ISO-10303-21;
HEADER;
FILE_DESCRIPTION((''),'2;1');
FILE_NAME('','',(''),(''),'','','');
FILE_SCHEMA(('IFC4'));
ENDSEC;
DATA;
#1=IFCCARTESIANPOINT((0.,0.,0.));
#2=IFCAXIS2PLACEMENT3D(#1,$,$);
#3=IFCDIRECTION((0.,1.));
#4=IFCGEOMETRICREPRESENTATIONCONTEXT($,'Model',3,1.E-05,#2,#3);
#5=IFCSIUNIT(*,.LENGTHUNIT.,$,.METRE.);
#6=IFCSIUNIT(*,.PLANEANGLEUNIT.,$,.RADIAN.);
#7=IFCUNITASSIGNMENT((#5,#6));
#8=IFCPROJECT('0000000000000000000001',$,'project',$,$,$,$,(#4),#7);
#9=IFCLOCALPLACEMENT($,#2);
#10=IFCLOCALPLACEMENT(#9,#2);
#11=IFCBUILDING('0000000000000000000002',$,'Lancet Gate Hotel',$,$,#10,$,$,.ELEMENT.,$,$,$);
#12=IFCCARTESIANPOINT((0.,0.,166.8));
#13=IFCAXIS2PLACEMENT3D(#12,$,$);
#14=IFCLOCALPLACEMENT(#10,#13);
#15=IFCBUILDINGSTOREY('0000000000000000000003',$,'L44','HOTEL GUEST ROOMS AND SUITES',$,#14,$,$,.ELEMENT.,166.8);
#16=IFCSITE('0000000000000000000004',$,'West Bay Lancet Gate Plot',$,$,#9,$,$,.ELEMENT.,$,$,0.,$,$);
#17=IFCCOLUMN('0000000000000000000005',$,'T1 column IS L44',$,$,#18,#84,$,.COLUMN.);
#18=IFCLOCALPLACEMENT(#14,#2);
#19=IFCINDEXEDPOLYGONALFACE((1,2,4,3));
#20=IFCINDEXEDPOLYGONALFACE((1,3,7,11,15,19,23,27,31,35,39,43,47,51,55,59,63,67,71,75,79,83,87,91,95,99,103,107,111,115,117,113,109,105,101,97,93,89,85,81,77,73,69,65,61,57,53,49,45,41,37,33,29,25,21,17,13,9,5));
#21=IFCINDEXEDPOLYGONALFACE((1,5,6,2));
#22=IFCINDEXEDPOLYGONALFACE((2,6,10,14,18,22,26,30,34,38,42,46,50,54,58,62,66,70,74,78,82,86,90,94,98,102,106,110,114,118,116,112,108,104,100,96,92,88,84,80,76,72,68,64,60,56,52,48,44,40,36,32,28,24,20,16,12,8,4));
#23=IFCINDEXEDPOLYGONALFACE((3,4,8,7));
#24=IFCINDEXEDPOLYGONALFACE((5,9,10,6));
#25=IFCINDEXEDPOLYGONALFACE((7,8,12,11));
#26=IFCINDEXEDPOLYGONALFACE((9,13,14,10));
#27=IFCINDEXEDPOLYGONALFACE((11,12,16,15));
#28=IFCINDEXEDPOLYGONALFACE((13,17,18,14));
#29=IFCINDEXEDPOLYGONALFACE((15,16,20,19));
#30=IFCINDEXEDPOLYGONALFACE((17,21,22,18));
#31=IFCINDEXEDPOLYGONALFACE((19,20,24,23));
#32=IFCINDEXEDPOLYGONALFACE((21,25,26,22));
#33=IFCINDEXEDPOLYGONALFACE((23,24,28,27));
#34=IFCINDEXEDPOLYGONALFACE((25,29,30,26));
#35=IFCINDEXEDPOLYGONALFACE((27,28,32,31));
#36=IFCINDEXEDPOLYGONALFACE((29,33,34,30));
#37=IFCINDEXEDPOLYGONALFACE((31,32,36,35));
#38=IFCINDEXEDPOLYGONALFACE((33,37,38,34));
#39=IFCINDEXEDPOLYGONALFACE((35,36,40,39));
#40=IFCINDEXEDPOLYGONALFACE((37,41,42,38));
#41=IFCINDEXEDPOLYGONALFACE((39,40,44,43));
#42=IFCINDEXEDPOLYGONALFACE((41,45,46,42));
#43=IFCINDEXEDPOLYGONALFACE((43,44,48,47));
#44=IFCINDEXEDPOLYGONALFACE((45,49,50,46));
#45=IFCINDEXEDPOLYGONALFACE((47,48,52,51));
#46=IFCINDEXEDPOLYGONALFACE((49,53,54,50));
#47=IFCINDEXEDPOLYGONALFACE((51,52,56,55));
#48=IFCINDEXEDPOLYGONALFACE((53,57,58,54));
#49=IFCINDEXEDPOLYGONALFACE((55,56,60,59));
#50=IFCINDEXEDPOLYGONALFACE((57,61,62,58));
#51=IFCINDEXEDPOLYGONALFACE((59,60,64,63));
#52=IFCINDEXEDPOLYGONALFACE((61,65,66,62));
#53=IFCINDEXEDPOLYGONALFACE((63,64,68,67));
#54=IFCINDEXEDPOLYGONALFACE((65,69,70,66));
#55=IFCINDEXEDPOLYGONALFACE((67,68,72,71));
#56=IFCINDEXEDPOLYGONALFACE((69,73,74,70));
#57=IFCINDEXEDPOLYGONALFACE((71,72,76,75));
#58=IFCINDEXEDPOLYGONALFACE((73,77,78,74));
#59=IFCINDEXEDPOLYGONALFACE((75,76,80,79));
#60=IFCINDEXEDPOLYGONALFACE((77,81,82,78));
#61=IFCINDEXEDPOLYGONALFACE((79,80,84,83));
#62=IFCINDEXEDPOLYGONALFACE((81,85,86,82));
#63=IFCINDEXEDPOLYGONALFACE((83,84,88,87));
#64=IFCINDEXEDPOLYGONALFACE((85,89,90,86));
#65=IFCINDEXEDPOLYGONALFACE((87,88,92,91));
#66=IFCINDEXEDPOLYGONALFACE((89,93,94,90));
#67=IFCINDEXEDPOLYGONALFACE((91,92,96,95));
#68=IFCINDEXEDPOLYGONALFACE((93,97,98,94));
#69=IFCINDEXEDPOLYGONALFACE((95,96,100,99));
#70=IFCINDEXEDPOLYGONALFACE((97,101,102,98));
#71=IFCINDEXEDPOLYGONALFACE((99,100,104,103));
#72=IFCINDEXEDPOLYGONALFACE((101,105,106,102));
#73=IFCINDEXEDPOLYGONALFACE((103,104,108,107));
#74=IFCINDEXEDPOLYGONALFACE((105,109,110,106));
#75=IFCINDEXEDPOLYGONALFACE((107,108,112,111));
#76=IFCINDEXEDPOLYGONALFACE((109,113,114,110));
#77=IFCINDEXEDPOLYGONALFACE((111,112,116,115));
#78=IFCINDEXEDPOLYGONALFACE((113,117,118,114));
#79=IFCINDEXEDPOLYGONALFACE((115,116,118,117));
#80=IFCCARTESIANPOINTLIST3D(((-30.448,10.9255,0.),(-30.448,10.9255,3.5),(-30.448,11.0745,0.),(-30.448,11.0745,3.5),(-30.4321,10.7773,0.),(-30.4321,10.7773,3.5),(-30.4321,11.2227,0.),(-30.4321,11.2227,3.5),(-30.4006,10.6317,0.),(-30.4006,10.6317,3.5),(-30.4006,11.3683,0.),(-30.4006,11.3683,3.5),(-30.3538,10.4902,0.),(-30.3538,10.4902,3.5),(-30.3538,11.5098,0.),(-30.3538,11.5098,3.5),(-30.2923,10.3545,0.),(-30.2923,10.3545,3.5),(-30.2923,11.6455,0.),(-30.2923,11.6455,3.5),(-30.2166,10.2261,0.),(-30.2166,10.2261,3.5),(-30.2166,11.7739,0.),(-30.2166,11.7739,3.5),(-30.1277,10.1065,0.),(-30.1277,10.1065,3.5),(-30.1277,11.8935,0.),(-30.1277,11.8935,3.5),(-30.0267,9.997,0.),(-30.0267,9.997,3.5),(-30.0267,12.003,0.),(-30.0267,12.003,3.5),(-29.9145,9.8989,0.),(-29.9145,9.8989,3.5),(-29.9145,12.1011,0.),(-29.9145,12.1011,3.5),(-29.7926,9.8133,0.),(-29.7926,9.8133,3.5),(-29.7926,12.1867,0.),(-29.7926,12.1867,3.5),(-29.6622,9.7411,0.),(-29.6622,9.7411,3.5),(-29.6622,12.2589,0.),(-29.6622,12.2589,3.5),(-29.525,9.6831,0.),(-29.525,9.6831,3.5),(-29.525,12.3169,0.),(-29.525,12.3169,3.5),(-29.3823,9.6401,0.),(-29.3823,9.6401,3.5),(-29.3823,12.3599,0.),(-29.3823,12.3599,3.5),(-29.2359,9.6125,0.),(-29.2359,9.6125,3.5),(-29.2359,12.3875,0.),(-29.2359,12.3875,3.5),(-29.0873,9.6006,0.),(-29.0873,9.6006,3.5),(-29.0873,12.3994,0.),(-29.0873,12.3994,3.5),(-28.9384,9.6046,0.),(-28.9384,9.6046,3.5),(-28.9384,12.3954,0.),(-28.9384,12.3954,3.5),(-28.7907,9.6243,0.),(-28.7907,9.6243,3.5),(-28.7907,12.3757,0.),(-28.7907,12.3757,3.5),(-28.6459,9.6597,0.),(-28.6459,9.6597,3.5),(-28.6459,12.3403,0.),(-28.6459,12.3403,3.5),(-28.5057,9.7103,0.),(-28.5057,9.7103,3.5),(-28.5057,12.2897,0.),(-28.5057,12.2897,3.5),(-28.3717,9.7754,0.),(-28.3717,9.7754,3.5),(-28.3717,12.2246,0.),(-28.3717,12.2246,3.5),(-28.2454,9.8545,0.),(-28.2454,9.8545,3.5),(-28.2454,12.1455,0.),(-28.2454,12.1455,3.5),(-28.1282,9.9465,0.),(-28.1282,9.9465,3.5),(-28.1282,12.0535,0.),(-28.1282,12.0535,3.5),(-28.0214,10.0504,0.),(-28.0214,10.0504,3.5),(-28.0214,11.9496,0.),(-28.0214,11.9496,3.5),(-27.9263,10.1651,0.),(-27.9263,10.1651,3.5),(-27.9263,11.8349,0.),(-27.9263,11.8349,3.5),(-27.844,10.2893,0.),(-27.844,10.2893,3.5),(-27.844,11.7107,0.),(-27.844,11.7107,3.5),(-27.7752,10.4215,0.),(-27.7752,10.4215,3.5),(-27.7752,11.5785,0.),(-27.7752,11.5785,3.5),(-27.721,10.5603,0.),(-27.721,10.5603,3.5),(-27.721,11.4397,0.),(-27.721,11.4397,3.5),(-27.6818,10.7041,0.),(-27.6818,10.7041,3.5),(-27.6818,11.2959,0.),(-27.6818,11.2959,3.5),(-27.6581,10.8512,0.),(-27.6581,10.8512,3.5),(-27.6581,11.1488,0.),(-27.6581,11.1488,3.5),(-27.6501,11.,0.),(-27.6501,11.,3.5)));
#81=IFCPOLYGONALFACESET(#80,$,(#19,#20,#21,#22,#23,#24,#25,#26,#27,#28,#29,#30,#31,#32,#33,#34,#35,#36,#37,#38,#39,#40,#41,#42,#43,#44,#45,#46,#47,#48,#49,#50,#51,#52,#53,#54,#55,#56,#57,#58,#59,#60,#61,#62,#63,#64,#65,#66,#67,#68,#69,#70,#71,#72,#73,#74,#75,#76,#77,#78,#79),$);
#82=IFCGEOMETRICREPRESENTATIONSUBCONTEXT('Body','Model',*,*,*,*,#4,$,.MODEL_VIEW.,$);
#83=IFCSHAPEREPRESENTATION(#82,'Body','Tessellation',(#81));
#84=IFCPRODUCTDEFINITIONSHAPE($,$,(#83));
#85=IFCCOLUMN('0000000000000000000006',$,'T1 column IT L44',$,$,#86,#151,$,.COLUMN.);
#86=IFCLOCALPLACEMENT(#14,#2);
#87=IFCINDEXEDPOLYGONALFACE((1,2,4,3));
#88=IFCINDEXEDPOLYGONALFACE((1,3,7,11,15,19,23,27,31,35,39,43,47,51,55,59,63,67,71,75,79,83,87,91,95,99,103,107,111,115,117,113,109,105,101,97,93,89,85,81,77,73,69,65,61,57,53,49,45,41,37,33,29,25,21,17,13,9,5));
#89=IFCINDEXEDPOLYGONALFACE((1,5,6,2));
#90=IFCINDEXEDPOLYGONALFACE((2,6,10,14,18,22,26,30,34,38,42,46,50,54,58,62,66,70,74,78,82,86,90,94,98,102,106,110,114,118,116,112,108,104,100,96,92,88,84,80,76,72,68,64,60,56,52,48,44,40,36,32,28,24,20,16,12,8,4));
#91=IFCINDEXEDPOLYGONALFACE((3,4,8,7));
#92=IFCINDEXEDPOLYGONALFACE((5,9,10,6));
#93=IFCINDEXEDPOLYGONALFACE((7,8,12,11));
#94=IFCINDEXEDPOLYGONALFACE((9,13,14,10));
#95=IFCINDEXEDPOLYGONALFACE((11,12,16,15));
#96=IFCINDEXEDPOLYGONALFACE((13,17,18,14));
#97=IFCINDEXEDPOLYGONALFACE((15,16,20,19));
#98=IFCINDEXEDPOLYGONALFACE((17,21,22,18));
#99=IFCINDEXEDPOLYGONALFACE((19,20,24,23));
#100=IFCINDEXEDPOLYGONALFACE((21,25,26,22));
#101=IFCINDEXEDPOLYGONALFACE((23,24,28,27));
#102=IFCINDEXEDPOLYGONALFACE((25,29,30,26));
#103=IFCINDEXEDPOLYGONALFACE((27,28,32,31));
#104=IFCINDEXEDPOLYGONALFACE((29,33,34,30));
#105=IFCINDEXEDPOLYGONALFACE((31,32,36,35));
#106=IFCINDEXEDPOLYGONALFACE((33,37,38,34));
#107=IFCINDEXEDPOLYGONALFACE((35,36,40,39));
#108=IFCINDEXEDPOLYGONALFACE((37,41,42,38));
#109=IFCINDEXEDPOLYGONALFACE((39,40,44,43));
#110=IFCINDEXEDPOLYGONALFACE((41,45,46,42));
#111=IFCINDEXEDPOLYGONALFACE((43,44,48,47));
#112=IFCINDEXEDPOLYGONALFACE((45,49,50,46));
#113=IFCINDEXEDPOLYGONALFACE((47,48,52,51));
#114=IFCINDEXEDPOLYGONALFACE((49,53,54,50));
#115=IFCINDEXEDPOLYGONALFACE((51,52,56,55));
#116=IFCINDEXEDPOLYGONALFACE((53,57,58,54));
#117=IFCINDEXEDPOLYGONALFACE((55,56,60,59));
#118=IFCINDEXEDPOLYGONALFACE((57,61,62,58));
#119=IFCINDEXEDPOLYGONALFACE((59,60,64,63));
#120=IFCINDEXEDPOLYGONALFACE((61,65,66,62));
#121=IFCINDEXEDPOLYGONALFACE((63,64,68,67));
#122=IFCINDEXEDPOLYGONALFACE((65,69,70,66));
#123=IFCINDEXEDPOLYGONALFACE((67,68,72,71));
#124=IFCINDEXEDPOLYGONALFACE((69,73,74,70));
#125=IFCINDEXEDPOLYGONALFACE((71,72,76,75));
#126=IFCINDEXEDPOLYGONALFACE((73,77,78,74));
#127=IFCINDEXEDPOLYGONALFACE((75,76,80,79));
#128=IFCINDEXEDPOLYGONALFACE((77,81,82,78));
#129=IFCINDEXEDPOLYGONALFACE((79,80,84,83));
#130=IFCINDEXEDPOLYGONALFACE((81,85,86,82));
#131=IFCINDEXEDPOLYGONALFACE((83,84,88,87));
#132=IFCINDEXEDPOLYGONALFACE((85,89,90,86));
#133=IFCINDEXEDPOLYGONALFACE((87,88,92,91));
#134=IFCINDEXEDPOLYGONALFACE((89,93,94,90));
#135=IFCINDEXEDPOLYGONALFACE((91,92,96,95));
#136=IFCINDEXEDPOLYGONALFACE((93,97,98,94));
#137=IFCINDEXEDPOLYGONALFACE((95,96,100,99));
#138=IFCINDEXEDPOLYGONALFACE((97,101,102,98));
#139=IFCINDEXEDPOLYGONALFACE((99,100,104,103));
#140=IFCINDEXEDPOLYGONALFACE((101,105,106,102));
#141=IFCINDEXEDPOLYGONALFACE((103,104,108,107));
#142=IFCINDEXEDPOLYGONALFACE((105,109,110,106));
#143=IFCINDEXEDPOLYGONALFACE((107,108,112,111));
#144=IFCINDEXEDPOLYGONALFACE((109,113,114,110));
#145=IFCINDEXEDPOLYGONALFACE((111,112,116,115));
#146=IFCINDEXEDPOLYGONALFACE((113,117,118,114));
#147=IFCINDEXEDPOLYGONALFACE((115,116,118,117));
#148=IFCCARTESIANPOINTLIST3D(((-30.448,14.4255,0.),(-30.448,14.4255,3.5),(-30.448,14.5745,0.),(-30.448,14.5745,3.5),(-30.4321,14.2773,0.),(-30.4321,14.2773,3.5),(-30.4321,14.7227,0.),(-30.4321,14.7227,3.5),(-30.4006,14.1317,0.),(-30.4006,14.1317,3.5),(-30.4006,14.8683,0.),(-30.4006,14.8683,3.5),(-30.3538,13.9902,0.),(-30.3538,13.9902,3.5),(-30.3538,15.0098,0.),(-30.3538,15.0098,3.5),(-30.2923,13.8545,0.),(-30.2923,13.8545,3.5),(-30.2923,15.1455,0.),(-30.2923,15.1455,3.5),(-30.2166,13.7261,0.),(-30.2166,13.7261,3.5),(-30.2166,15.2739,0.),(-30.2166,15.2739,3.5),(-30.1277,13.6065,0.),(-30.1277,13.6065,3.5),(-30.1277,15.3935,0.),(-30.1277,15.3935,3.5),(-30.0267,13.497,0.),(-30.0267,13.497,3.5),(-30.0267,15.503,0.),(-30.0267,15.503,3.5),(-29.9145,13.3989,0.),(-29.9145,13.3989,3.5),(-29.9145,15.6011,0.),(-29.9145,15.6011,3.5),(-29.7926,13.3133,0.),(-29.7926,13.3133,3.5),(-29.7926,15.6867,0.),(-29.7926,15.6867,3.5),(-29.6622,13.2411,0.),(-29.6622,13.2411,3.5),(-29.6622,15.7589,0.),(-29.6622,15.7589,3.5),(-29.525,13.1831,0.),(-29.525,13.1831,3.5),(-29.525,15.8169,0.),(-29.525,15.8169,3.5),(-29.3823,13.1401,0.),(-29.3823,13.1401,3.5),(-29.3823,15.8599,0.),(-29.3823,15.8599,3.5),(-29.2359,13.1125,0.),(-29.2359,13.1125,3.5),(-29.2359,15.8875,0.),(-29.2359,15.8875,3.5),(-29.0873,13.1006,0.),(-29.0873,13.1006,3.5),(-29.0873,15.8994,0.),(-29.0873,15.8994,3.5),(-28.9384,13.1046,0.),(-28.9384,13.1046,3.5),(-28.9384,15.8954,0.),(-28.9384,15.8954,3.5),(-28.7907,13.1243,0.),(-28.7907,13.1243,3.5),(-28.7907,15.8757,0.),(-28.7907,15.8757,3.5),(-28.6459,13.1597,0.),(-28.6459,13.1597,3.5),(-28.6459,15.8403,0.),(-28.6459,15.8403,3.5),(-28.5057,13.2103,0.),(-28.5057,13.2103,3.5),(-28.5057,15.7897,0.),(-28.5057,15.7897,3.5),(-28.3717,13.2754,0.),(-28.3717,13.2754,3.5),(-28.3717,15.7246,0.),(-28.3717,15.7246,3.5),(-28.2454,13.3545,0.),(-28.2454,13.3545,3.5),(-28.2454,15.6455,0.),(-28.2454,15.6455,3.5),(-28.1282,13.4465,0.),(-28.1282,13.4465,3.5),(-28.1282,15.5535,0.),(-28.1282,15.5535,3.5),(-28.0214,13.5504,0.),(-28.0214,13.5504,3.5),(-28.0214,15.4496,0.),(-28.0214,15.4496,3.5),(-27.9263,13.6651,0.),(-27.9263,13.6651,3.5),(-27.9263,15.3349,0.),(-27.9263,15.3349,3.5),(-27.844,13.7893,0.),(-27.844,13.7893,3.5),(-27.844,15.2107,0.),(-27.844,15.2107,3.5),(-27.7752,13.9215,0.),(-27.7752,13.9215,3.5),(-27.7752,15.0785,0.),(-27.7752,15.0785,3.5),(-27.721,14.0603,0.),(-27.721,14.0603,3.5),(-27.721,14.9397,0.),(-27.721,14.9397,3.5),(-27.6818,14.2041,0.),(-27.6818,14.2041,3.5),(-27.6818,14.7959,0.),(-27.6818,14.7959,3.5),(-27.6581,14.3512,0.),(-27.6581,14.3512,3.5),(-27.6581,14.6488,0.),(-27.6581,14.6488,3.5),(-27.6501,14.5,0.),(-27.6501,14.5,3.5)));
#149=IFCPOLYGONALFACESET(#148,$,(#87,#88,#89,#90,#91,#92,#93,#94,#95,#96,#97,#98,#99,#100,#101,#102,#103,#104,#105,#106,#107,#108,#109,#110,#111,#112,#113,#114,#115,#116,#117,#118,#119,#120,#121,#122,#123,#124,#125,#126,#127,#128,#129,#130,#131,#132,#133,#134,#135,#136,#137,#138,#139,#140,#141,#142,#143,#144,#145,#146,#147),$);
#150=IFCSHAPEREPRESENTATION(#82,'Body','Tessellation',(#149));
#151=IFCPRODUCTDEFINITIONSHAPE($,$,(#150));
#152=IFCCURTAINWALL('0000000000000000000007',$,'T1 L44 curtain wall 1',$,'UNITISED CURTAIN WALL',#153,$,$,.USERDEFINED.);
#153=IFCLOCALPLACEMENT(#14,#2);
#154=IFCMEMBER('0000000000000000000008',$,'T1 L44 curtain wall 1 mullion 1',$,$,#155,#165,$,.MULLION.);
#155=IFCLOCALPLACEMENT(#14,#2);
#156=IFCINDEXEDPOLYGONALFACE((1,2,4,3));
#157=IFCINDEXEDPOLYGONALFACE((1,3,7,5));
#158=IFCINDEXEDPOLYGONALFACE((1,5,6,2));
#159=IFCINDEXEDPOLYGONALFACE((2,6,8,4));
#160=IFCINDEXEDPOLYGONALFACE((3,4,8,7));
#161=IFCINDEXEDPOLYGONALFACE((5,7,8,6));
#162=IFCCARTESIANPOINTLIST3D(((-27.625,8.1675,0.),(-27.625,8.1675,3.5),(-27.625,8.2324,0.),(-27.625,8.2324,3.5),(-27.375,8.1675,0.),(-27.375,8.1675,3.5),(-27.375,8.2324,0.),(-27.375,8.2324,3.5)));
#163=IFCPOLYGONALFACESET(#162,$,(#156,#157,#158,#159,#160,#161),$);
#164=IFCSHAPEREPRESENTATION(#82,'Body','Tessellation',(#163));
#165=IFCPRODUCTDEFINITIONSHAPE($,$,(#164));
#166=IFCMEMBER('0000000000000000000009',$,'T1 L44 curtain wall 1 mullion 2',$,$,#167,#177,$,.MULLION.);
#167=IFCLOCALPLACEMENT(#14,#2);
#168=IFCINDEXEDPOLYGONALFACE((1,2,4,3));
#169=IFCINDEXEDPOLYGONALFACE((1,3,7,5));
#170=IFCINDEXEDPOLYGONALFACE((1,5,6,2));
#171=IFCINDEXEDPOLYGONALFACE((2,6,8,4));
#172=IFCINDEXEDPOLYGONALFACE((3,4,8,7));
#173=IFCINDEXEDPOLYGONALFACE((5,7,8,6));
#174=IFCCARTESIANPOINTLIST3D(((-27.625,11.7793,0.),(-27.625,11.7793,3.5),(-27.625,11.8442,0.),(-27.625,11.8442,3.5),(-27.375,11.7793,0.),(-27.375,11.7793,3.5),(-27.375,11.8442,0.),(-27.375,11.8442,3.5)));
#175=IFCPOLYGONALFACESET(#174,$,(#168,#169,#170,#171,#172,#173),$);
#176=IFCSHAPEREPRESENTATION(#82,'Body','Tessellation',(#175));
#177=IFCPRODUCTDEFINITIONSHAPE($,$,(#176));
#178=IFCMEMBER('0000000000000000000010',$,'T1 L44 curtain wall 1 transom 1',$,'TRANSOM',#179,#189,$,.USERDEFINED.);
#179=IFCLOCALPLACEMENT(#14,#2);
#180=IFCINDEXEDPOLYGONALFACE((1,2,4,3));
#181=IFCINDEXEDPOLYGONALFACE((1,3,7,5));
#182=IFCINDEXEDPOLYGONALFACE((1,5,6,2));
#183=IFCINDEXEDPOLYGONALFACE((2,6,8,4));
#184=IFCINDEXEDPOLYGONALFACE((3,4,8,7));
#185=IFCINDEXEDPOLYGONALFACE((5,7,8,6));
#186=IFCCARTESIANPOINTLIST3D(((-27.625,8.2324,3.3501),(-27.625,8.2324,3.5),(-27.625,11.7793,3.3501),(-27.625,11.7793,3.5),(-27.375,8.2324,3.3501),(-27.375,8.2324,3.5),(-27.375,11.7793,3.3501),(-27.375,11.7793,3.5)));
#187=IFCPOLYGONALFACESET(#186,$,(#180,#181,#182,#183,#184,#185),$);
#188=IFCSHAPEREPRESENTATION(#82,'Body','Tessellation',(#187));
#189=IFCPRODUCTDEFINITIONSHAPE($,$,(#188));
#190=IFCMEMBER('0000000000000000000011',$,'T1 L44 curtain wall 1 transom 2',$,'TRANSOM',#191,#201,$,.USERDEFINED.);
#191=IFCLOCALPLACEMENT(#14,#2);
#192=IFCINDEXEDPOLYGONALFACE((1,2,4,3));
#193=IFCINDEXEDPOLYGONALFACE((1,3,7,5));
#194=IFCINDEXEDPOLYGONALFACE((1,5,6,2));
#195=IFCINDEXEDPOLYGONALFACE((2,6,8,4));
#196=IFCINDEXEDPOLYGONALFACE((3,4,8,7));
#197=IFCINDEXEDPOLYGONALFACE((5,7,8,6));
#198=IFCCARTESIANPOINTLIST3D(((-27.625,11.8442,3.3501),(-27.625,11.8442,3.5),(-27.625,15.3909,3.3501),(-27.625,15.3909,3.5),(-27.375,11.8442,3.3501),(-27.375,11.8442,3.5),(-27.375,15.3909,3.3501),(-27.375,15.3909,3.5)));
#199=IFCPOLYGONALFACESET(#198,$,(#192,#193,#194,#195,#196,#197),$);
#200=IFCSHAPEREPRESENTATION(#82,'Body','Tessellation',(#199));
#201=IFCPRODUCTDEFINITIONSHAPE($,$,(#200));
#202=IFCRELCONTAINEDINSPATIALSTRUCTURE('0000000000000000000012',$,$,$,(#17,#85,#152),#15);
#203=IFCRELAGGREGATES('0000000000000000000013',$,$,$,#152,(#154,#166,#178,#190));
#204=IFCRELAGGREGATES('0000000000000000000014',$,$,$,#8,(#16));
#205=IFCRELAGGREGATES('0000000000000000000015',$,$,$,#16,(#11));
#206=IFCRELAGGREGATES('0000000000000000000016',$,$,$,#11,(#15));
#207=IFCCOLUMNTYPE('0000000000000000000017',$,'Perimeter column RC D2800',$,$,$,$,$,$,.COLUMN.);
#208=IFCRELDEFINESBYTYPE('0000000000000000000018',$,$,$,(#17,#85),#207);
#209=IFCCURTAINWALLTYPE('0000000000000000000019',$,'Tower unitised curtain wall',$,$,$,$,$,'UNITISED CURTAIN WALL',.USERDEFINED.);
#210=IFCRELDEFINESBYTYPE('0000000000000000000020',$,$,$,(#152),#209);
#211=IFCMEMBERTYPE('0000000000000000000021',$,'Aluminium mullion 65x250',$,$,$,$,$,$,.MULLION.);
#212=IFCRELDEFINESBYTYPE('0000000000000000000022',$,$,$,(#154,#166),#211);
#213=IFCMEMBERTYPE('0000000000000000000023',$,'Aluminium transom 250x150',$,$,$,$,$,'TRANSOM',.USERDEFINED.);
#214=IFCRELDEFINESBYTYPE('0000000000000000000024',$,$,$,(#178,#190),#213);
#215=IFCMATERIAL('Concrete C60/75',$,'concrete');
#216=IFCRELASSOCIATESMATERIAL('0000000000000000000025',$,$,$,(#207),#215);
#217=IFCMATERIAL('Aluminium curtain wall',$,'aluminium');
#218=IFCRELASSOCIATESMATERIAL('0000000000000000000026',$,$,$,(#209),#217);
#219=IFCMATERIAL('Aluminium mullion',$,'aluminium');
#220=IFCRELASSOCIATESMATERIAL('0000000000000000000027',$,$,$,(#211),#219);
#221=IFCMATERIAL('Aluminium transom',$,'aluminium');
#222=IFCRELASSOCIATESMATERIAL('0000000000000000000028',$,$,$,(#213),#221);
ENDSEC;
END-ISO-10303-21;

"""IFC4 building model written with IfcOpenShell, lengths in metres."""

from ifc_helpers import new_model, si_unit, direction, frame, origin, origin_2d, place, context, subcontext, project, spatial, rectangle, circle, extrude, material, material_profile, profile_set, type_object, element, aggregate, save


model = new_model("IFC4")

# Units and contexts
model_context = context("Model", 3, precision=1e-05, world=origin(), true_north=direction((0.0, 1.0)))
body_context = subcontext(model_context, "Body", "Model", "MODEL_VIEW")
ifc_project = project(units=[si_unit("LENGTHUNIT", "METRE"), si_unit("PLANEANGLEUNIT", "RADIAN")], contexts=[model_context])

# Site, building, storey
site_placement = place(None, origin())
site = spatial("IfcSite", under=ifc_project, at=site_placement, Name="West Bay Lancet Gate Plot", CompositionType="ELEMENT", RefElevation=0.0)
building_placement = place(site_placement, origin())
building = spatial("IfcBuilding", under=site, at=building_placement, Name="Lancet Gate Hotel", CompositionType="ELEMENT")
storey_placement = place(building_placement, frame((0.0, 0.0, 166.8)))
storey = spatial("IfcBuildingStorey", under=building, at=storey_placement, Name="L44", Description="HOTEL GUEST ROOMS AND SUITES", CompositionType="ELEMENT", Elevation=166.8)

# Columns
ifc_material_1 = material(Name="Concrete C60/75", Category="concrete")
ifc_material_profile_1 = material_profile(ifc_material_1, circle(Radius=1.3999, at=origin_2d()), Name="RC D2800")
ifc_profile_set_1 = profile_set([ifc_material_profile_1], Name="Concrete C60/75")
column_type = type_object("IfcColumnType", Name="Perimeter column RC D2800", PredefinedType="COLUMN", material=ifc_profile_set_1)
for number, where, z_axis, x_axis, name in (
    (1, (-29.05, 11.0, 0.0), (0.0, 0.0, 1.0), (1.0, 0.0, 0.0), "T1 column IS L44"),
    (2, (-29.05, 14.5, 0.0), (0.0, 0.0, 1.0), (1.0, 0.0, 0.0), "T1 column IT L44"),
):
    element("IfcColumn", number, at=place(storey_placement, frame(where, z_axis=z_axis, x_axis=x_axis)), inside=storey, type_object=column_type, Name=name, PredefinedType="COLUMN", context=body_context, shape_type="SweptSolid", body=[
        extrude(circle(Radius=1.3999, at=origin_2d()), origin(), (0.0, 0.0, 1.0), 3.5),
    ])

# Curtain wall, members
ifc_material_2 = material(Name="Aluminium curtain wall", Category="aluminium")
curtain_wall_type = type_object("IfcCurtainWallType", Name="Tower unitised curtain wall", ElementType="UNITISED CURTAIN WALL", PredefinedType="USERDEFINED", material=ifc_material_2)
curtain_wall_placement = place(storey_placement, origin())
curtain_wall = element("IfcCurtainWall", 3, at=curtain_wall_placement, inside=storey, type_object=curtain_wall_type, Name="T1 L44 curtain wall 1", ObjectType="UNITISED CURTAIN WALL", PredefinedType="USERDEFINED")
ifc_material_3 = material(Name="Aluminium mullion", Category="aluminium")
ifc_material_profile_2 = material_profile(ifc_material_3, rectangle(XDim=0.0649, YDim=0.25, at=origin_2d()), Name="MULLION 65x250")
ifc_profile_set_2 = profile_set([ifc_material_profile_2], Name="Aluminium mullion")
member_type_1 = type_object("IfcMemberType", Name="Aluminium mullion 65x250", PredefinedType="MULLION", material=ifc_profile_set_2)
member_1_placement = place(storey_placement, frame((-27.5, 8.2, 0.0), z_axis=(0.0, 0.0, 1.0), x_axis=(0.0, 1.0, 0.0)))
member_1 = element("IfcMember", 4, at=member_1_placement, type_object=member_type_1, Name="T1 L44 curtain wall 1 mullion 1", PredefinedType="MULLION", context=body_context, shape_type="SweptSolid", body=[
    extrude(rectangle(XDim=0.0649, YDim=0.25, at=origin_2d()), origin(), (0.0, 0.0, 1.0), 3.5),
])
member_2_placement = place(storey_placement, frame((-27.5, 11.8118, 0.0), z_axis=(0.0, 0.0, 1.0), x_axis=(0.0, 1.0, 0.0)))
member_2 = element("IfcMember", 5, at=member_2_placement, type_object=member_type_1, Name="T1 L44 curtain wall 1 mullion 2", PredefinedType="MULLION", context=body_context, shape_type="SweptSolid", body=[
    extrude(rectangle(XDim=0.0649, YDim=0.25, at=origin_2d()), origin(), (0.0, 0.0, 1.0), 3.5),
])
ifc_material_4 = material(Name="Aluminium transom", Category="aluminium")
ifc_material_profile_3 = material_profile(ifc_material_4, rectangle(XDim=0.25, YDim=0.1499, at=origin_2d()), Name="TRANSOM 250x150")
ifc_profile_set_3 = profile_set([ifc_material_profile_3], Name="Aluminium transom")
member_type_2 = type_object("IfcMemberType", Name="Aluminium transom 250x150", ElementType="TRANSOM", PredefinedType="USERDEFINED", material=ifc_profile_set_3)
member_3_placement = place(storey_placement, frame((-27.5, 8.2324, 3.425), z_axis=(0.0, 1.0, 0.0), x_axis=(-1.0, 0.0, 0.0)))
member_3 = element("IfcMember", 6, at=member_3_placement, type_object=member_type_2, Name="T1 L44 curtain wall 1 transom 1", ObjectType="TRANSOM", PredefinedType="USERDEFINED", context=body_context, shape_type="SweptSolid", body=[
    extrude(rectangle(XDim=0.25, YDim=0.1499, at=origin_2d()), origin(), (0.0, 0.0, 1.0), 3.5469),
])
member_4_placement = place(storey_placement, frame((-27.5, 11.8442, 3.425), z_axis=(0.0, 1.0, 0.0), x_axis=(-1.0, 0.0, 0.0)))
member_4 = element("IfcMember", 7, at=member_4_placement, type_object=member_type_2, Name="T1 L44 curtain wall 1 transom 2", ObjectType="TRANSOM", PredefinedType="USERDEFINED", context=body_context, shape_type="SweptSolid", body=[
    extrude(rectangle(XDim=0.25, YDim=0.1499, at=origin_2d()), origin(), (0.0, 0.0, 1.0), 3.5466),
])

aggregate(curtain_wall, [member_1, member_2, member_3, member_4])

save(model, "model.ifc")
